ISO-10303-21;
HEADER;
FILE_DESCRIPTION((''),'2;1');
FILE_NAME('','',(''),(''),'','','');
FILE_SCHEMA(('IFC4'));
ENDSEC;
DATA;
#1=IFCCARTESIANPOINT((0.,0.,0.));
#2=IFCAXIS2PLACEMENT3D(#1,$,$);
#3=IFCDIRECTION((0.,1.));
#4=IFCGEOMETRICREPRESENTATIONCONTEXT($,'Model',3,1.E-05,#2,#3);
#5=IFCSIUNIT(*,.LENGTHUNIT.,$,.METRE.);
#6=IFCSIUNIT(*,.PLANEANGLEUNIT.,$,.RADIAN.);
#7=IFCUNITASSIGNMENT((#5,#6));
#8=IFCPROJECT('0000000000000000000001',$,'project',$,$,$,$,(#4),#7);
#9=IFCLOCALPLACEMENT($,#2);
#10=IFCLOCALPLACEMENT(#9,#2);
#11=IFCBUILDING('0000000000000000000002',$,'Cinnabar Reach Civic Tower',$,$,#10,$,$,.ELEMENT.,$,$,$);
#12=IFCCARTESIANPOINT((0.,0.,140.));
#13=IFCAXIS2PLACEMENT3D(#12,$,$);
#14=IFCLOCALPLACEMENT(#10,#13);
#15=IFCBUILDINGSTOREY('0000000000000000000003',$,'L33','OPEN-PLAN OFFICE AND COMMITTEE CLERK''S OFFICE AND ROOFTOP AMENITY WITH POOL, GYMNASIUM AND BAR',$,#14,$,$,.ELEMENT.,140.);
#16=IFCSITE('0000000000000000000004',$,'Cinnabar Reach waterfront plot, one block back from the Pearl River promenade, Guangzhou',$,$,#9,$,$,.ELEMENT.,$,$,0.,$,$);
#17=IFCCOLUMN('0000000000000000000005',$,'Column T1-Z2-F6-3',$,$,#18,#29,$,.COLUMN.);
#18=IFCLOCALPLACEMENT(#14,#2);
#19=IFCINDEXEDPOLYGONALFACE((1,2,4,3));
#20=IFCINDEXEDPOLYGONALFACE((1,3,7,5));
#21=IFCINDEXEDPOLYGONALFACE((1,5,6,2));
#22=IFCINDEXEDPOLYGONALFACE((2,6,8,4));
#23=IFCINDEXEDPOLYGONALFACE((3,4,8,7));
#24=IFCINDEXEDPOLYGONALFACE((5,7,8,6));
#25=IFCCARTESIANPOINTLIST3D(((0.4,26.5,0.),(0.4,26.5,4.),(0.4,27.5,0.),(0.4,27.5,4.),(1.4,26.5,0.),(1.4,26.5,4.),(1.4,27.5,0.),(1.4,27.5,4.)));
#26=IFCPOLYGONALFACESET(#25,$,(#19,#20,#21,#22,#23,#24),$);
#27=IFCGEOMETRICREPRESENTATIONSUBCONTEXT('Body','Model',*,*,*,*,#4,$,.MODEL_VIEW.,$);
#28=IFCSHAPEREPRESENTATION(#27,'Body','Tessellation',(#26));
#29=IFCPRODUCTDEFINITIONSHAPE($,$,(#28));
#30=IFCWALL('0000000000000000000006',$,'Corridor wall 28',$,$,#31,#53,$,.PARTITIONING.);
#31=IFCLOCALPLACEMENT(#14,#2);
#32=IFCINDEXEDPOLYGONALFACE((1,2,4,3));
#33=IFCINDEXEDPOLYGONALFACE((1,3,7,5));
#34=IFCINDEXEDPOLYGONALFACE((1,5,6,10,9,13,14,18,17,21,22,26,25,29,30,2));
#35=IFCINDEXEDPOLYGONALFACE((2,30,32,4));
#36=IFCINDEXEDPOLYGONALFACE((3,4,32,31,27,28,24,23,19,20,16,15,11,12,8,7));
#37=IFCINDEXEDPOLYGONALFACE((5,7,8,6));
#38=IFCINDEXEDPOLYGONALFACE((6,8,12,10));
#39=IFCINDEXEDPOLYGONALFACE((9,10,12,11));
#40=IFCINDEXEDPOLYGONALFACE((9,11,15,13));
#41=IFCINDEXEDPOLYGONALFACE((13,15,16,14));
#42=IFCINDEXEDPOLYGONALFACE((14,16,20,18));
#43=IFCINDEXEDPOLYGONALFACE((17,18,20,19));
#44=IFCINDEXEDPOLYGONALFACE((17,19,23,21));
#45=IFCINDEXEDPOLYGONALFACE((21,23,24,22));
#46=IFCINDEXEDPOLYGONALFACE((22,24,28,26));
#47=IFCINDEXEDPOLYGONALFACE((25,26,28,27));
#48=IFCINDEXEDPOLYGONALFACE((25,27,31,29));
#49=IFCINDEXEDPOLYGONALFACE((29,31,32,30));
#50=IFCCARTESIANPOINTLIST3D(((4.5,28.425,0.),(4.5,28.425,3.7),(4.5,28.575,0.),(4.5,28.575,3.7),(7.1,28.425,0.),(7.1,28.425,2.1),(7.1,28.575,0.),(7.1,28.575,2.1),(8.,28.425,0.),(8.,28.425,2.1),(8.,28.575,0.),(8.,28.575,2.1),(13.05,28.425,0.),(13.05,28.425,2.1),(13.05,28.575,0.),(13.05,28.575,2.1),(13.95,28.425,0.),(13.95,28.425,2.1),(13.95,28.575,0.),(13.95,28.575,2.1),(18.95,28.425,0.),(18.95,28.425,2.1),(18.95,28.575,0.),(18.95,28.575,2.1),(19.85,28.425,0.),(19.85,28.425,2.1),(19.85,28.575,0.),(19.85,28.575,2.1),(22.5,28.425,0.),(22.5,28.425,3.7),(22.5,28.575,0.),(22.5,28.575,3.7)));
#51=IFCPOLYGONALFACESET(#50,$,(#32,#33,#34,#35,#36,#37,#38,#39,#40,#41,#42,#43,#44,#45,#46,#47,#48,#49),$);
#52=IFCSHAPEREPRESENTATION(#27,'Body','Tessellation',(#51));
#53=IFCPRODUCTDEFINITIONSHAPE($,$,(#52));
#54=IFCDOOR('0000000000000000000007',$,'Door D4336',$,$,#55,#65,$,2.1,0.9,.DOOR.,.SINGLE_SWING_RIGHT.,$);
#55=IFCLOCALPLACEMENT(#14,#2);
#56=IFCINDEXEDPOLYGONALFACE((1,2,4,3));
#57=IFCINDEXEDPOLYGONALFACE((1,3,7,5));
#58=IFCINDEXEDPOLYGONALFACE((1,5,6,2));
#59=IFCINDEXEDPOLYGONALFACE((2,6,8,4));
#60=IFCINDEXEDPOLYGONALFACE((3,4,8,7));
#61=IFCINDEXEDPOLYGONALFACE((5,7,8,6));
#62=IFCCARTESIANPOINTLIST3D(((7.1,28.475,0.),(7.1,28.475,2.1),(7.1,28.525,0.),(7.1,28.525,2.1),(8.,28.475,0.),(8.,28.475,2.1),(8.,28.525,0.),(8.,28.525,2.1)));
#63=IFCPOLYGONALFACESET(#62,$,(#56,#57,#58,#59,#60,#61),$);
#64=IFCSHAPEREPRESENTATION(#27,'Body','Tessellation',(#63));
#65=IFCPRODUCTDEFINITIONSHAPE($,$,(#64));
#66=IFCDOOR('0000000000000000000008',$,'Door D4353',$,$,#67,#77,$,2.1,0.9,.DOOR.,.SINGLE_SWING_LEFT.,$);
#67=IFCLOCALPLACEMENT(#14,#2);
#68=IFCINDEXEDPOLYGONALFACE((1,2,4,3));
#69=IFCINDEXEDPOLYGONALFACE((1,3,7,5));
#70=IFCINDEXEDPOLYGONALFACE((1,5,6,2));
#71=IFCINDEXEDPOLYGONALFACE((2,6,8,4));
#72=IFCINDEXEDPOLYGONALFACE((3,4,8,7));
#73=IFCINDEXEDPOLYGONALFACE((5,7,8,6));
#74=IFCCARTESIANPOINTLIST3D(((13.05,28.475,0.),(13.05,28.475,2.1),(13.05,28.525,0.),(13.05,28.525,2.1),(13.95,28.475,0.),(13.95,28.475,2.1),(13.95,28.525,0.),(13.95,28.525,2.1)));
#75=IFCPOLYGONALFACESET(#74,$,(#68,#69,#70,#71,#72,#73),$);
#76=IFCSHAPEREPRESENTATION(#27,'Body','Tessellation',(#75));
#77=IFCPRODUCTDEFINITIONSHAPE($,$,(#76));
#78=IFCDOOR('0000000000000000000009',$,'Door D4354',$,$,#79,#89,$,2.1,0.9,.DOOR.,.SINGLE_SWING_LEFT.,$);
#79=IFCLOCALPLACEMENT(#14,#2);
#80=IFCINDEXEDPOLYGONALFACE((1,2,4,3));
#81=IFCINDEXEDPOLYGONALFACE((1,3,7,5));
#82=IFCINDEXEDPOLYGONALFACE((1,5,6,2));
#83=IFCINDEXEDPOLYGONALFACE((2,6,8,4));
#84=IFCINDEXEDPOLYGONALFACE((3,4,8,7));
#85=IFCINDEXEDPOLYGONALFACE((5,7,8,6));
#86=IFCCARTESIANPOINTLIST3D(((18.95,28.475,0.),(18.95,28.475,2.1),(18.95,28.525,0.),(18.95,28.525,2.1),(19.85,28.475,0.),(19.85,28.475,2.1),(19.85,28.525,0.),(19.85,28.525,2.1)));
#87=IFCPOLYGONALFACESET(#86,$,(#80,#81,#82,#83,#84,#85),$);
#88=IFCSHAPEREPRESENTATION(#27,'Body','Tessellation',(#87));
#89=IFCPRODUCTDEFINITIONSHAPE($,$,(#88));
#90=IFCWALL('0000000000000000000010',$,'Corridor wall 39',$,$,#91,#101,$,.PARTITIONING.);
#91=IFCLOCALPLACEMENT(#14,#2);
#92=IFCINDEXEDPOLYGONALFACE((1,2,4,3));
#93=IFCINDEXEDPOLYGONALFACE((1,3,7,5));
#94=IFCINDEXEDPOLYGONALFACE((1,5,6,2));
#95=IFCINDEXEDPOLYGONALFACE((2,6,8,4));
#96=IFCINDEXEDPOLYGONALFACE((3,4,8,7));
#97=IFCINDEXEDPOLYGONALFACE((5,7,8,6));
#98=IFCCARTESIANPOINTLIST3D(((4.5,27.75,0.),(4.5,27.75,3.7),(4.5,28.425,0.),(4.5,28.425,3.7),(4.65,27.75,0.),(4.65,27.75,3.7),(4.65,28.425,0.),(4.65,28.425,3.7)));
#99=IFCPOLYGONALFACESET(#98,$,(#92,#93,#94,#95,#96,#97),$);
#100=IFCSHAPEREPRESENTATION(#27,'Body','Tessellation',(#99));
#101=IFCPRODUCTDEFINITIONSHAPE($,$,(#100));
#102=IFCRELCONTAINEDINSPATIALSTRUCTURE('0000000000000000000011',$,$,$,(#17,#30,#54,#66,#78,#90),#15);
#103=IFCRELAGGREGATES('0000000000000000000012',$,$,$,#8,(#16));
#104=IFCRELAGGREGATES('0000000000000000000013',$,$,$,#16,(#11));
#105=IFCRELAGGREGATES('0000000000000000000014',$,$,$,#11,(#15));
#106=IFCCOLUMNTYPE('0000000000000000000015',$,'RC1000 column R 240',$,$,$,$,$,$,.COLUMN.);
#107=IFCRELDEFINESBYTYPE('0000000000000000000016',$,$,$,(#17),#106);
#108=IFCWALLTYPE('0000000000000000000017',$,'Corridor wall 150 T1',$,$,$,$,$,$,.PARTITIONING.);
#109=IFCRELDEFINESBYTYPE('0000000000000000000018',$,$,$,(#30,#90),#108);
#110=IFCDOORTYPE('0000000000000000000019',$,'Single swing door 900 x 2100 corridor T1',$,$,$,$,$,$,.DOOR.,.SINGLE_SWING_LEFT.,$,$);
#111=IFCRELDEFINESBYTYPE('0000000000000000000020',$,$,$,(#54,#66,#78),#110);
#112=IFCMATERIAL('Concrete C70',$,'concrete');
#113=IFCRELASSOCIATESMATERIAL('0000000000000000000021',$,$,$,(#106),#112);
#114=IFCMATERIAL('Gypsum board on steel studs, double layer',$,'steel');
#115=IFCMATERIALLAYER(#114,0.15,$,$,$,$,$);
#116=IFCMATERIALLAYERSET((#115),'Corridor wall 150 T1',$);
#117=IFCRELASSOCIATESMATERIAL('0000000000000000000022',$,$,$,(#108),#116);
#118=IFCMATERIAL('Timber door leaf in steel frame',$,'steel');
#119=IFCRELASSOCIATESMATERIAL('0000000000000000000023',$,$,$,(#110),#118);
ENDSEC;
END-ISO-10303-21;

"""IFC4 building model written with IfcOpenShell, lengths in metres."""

from ifc_helpers import new_model, si_unit, direction, frame, frame_2d, origin, origin_2d, place, context, subcontext, project, spatial, rectangle, extrude, material, layer, layer_set, material_profile, profile_set, type_object, element, fill, save


model = new_model("IFC4")

# Units and contexts
model_context = context("Model", 3, precision=1e-05, world=origin(), true_north=direction((0.0, 1.0)))
body_context = subcontext(model_context, "Body", "Model", "MODEL_VIEW")
ifc_project = project(units=[si_unit("LENGTHUNIT", "METRE"), si_unit("PLANEANGLEUNIT", "RADIAN")], contexts=[model_context])

# Site, building, storey
site_placement = place(None, origin())
site = spatial("IfcSite", under=ifc_project, at=site_placement, Name="Cinnabar Reach waterfront plot, one block back from the Pearl River promenade, Guangzhou", CompositionType="ELEMENT", RefElevation=0.0)
building_placement = place(site_placement, origin())
building = spatial("IfcBuilding", under=site, at=building_placement, Name="Cinnabar Reach Civic Tower", CompositionType="ELEMENT")
storey_placement = place(building_placement, frame((0.0, 0.0, 140.0)))
storey = spatial("IfcBuildingStorey", under=building, at=storey_placement, Name="L33", Description="OPEN-PLAN OFFICE AND COMMITTEE CLERK'S OFFICE AND ROOFTOP AMENITY WITH POOL, GYMNASIUM AND BAR", CompositionType="ELEMENT", Elevation=140.0)

# Column
ifc_material_1 = material(Name="Concrete C70", Category="concrete")
ifc_material_profile = material_profile(ifc_material_1, rectangle(XDim=1.0, YDim=1.0, at=origin_2d()), Name="RC1000")
ifc_profile_set = profile_set([ifc_material_profile], Name="Concrete C70")
column_type = type_object("IfcColumnType", Name="RC1000 column R 240", PredefinedType="COLUMN", material=ifc_profile_set)
column_placement = place(storey_placement, frame((0.9, 27.0, 0.0), z_axis=(0.0, 0.0, 1.0), x_axis=(1.0, 0.0, 0.0)))
element("IfcColumn", 1, at=column_placement, inside=storey, type_object=column_type, Name="Column T1-Z2-F6-3", PredefinedType="COLUMN", context=body_context, shape_type="SweptSolid", body=[
    extrude(rectangle(XDim=1.0, YDim=1.0, at=origin_2d()), origin(), (0.0, 0.0, 1.0), 4.0),
])

# Wall, openings, doors
ifc_material_2 = material(Name="Gypsum board on steel studs, double layer", Category="steel")
ifc_layer_1 = layer(ifc_material_2, 0.15)
ifc_layer_set_1 = layer_set([ifc_layer_1], Name="Corridor wall 150 T1")
wall_type_1 = type_object("IfcWallType", Name="Corridor wall 150 T1", PredefinedType="PARTITIONING", material=ifc_layer_set_1)
wall_1_placement = place(storey_placement, frame((4.5, 28.5, 0.0), z_axis=(0.0, 0.0, 1.0), x_axis=(1.0, 0.0, 0.0)))
wall_1 = element("IfcWall", 2, at=wall_1_placement, inside=storey, type_object=wall_type_1, Name="Corridor wall 28", PredefinedType="PARTITIONING", context=body_context, shape_type="SweptSolid", body=[
    extrude(rectangle(XDim=18.0, YDim=0.15, at=frame_2d((9.0, 0.0))), origin(), (0.0, 0.0, 1.0), 3.7),
])
opening_1_placement = place(wall_1_placement, frame((2.6, 0.0, 0.0)))
opening_1 = element("IfcOpeningElement", 3, at=opening_1_placement, cuts=wall_1, PredefinedType="OPENING", context=body_context, shape_type="SweptSolid", body=[
    extrude(rectangle(XDim=0.9, YDim=2.1, at=frame_2d((0.45, 1.05))), frame((0.0, 0.085, 0.0), z_axis=(0.0, -1.0, 0.0), x_axis=(1.0, 0.0, 0.0)), (0.0, 0.0, 1.0), 0.17),
])
opening_2_placement = place(wall_1_placement, frame((8.55, 0.0, 0.0)))
opening_2 = element("IfcOpeningElement", 4, at=opening_2_placement, cuts=wall_1, PredefinedType="OPENING", context=body_context, shape_type="SweptSolid", body=[
    extrude(rectangle(XDim=0.9, YDim=2.1, at=frame_2d((0.45, 1.05))), frame((0.0, 0.085, 0.0), z_axis=(0.0, -1.0, 0.0), x_axis=(1.0, 0.0, 0.0)), (0.0, 0.0, 1.0), 0.17),
])
opening_3_placement = place(wall_1_placement, frame((14.45, 0.0, 0.0)))
opening_3 = element("IfcOpeningElement", 5, at=opening_3_placement, cuts=wall_1, PredefinedType="OPENING", context=body_context, shape_type="SweptSolid", body=[
    extrude(rectangle(XDim=0.9, YDim=2.1, at=frame_2d((0.45, 1.05))), frame((0.0, 0.085, 0.0), z_axis=(0.0, -1.0, 0.0), x_axis=(1.0, 0.0, 0.0)), (0.0, 0.0, 1.0), 0.17),
])
ifc_material_3 = material(Name="Timber door leaf in steel frame", Category="steel")
door_type_1 = type_object("IfcDoorType", Name="Single swing door 900 x 2100 corridor T1", OperationType="SINGLE_SWING_LEFT", PredefinedType="DOOR", material=ifc_material_3)
door_1_placement = place(opening_1_placement, frame((0.9, 0.0, 0.0), z_axis=(0.0, 0.0, 1.0), x_axis=(-1.0, 0.0, 0.0)))
door_1 = element("IfcDoor", 6, at=door_1_placement, inside=storey, type_object=door_type_1, Name="Door D4336", OperationType="SINGLE_SWING_RIGHT", OverallHeight=2.1, OverallWidth=0.9, PredefinedType="DOOR", context=body_context, shape_type="SweptSolid", body=[
    extrude(rectangle(XDim=0.9, YDim=2.1, at=frame_2d((0.45, 1.05))), frame((0.0, 0.025, 0.0), z_axis=(0.0, -1.0, 0.0), x_axis=(1.0, 0.0, 0.0)), (0.0, 0.0, 1.0), 0.05),
])
fill(opening_1, door_1)
door_2_placement = place(opening_2_placement, origin())
door_2 = element("IfcDoor", 7, at=door_2_placement, inside=storey, type_object=door_type_1, Name="Door D4353", OperationType="SINGLE_SWING_LEFT", OverallHeight=2.1, OverallWidth=0.9, PredefinedType="DOOR", context=body_context, shape_type="SweptSolid", body=[
    extrude(rectangle(XDim=0.9, YDim=2.1, at=frame_2d((0.45, 1.05))), frame((0.0, 0.025, 0.0), z_axis=(0.0, -1.0, 0.0), x_axis=(1.0, 0.0, 0.0)), (0.0, 0.0, 1.0), 0.05),
])
fill(opening_2, door_2)
door_3_placement = place(opening_3_placement, origin())
door_3 = element("IfcDoor", 8, at=door_3_placement, inside=storey, type_object=door_type_1, Name="Door D4354", OperationType="SINGLE_SWING_LEFT", OverallHeight=2.1, OverallWidth=0.9, PredefinedType="DOOR", context=body_context, shape_type="SweptSolid", body=[
    extrude(rectangle(XDim=0.9, YDim=2.1, at=frame_2d((0.45, 1.05))), frame((0.0, 0.025, 0.0), z_axis=(0.0, -1.0, 0.0), x_axis=(1.0, 0.0, 0.0)), (0.0, 0.0, 1.0), 0.05),
])
fill(opening_3, door_3)

# Wall
wall_2_placement = place(storey_placement, frame((4.575, 27.75, 0.0), z_axis=(0.0, 0.0, 1.0), x_axis=(0.0, 1.0, 0.0)))
element("IfcWall", 9, at=wall_2_placement, inside=storey, type_object=wall_type_1, Name="Corridor wall 39", PredefinedType="PARTITIONING", context=body_context, shape_type="SweptSolid", body=[
    extrude(rectangle(XDim=0.675, YDim=0.15, at=frame_2d((0.3375, 0.0))), origin(), (0.0, 0.0, 1.0), 3.7),
])

save(model, "model.ifc")
